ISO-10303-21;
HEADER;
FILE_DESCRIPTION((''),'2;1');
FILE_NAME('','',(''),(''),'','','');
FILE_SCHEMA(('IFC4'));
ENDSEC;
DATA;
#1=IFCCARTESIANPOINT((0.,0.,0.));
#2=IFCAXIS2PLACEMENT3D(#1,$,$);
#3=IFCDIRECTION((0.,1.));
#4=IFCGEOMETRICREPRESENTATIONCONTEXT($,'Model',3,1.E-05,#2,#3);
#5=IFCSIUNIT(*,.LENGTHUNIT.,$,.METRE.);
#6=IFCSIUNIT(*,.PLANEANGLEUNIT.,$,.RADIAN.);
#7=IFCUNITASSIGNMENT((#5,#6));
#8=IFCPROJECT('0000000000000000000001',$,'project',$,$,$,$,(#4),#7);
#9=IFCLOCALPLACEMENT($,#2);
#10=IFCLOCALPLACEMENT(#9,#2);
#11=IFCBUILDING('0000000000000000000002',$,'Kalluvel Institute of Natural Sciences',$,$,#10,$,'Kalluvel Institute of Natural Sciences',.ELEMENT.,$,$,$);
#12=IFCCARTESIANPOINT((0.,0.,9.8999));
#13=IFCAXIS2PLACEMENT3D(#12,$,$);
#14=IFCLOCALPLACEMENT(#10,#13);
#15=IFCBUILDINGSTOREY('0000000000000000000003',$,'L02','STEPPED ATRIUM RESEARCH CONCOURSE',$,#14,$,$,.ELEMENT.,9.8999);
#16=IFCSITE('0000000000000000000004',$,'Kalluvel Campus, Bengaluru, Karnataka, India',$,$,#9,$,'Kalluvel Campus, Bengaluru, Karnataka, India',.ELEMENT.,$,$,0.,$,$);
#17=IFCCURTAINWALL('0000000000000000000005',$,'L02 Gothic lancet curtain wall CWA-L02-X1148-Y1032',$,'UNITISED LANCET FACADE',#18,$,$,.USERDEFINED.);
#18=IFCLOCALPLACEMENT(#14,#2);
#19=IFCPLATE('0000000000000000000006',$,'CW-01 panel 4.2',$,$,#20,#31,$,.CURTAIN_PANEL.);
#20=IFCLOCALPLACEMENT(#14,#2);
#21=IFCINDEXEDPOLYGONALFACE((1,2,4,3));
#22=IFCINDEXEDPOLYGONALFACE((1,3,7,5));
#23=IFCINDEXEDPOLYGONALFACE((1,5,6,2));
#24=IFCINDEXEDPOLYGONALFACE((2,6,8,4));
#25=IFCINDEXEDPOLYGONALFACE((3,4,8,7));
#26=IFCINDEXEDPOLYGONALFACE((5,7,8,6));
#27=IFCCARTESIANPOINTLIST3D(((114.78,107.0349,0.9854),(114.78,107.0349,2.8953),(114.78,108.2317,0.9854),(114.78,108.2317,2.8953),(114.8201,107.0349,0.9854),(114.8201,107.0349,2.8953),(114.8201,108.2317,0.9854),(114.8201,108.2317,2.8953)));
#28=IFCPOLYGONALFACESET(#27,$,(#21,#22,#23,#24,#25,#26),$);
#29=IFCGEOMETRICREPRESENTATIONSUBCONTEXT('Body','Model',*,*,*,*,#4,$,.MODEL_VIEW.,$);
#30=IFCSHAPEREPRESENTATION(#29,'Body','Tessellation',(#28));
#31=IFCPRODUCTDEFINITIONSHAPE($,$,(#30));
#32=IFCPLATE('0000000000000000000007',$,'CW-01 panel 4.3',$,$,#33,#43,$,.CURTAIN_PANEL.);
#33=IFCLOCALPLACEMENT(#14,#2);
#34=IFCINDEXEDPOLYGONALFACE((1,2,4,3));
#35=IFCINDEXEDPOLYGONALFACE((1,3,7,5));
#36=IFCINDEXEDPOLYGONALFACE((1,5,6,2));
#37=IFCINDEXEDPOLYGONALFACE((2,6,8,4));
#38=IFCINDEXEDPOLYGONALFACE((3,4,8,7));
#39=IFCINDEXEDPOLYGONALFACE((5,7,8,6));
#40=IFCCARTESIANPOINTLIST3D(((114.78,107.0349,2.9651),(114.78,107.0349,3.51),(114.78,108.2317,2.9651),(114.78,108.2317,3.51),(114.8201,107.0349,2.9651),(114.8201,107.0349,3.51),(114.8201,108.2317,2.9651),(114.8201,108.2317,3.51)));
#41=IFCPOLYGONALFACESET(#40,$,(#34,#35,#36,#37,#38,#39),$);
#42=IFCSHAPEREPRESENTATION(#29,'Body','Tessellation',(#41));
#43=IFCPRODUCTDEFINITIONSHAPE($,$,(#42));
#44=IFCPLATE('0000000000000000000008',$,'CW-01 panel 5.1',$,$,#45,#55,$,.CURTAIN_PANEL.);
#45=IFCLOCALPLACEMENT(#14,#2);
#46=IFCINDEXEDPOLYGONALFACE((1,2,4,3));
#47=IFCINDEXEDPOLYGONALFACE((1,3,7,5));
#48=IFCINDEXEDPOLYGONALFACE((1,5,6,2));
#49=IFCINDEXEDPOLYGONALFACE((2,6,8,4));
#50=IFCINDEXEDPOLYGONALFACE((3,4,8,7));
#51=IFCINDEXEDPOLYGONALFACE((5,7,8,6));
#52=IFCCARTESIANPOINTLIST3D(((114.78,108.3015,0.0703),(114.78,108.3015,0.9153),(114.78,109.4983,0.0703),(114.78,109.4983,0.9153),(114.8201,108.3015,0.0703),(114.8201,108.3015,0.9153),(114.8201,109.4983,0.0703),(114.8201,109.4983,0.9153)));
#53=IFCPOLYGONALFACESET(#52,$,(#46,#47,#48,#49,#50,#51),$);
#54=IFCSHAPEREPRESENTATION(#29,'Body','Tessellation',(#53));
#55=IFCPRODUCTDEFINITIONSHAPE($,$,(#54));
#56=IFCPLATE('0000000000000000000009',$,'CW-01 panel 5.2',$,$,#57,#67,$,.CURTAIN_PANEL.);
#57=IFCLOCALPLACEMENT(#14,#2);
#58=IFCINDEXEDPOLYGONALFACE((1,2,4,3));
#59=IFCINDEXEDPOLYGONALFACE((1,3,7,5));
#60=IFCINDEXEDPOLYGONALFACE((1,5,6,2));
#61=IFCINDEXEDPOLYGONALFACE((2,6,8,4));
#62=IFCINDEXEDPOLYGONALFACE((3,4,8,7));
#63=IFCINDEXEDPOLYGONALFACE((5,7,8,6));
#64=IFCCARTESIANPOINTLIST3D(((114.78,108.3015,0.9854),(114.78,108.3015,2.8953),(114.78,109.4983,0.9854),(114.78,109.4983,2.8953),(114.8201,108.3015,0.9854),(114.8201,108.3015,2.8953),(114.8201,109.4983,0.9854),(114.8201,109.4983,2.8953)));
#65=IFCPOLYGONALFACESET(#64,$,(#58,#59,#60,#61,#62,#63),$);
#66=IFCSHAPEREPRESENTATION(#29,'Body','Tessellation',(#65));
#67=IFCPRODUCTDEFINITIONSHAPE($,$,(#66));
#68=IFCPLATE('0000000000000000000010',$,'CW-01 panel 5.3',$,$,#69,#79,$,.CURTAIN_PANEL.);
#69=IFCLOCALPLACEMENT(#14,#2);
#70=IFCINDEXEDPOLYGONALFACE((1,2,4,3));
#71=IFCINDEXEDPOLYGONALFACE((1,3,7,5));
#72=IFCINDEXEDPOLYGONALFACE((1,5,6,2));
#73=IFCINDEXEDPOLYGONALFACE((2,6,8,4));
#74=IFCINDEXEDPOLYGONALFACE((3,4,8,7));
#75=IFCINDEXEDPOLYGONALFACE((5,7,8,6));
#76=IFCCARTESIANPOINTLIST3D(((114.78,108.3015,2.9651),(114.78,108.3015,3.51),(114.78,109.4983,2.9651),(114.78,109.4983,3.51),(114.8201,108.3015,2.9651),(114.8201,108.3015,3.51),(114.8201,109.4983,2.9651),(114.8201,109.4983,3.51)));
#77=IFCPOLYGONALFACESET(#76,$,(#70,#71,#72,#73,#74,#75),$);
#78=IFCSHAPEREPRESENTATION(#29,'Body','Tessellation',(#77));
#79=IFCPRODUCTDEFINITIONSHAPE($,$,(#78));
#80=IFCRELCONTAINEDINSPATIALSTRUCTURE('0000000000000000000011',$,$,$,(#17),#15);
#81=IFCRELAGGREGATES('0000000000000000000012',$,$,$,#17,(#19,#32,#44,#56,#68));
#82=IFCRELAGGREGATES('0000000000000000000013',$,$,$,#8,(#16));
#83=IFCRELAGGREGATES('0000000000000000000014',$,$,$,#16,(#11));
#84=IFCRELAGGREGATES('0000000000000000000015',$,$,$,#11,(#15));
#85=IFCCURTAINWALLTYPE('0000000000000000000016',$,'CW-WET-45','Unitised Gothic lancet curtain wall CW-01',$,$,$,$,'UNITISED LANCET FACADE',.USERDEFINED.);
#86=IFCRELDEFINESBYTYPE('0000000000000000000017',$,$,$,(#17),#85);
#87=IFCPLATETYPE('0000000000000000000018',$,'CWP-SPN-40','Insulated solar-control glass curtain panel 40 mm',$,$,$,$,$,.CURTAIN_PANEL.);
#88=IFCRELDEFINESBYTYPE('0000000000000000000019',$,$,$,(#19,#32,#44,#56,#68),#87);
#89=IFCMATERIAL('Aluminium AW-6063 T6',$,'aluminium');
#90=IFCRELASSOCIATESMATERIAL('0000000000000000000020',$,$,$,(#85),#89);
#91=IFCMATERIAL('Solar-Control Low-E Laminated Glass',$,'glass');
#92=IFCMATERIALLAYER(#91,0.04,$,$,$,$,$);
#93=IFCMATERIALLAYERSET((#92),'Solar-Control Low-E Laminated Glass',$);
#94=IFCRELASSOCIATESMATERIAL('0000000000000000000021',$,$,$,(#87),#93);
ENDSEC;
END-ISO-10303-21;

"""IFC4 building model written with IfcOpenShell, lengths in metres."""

from ifc_helpers import new_model, si_unit, direction, frame, origin, origin_2d, place, context, subcontext, project, spatial, rectangle, extrude, material, layer, layer_set, type_object, element, aggregate, save


model = new_model("IFC4")

# Units and contexts
model_context = context("Model", 3, precision=1e-05, world=origin(), true_north=direction((0.0, 1.0)))
body_context = subcontext(model_context, "Body", "Model", "MODEL_VIEW")
ifc_project = project(units=[si_unit("LENGTHUNIT", "METRE"), si_unit("PLANEANGLEUNIT", "RADIAN")], contexts=[model_context])

# Site, building, storey
site_placement = place(None, origin())
site = spatial("IfcSite", under=ifc_project, at=site_placement, Name="Kalluvel Campus, Bengaluru, Karnataka, India", LongName="Kalluvel Campus, Bengaluru, Karnataka, India", CompositionType="ELEMENT", RefElevation=0.0)
building_placement = place(site_placement, origin())
building = spatial("IfcBuilding", under=site, at=building_placement, Name="Kalluvel Institute of Natural Sciences", LongName="Kalluvel Institute of Natural Sciences", CompositionType="ELEMENT")
storey_placement = place(building_placement, frame((0.0, 0.0, 9.8999)))
storey = spatial("IfcBuildingStorey", under=building, at=storey_placement, Name="L02", Description="STEPPED ATRIUM RESEARCH CONCOURSE", CompositionType="ELEMENT", Elevation=9.8999)

# Curtain wall, plates
ifc_material_1 = material(Name="Aluminium AW-6063 T6", Category="aluminium")
curtain_wall_type = type_object("IfcCurtainWallType", Name="CW-WET-45", Description="Unitised Gothic lancet curtain wall CW-01", ElementType="UNITISED LANCET FACADE", PredefinedType="USERDEFINED", material=ifc_material_1)
curtain_wall_placement = place(storey_placement, origin())
curtain_wall = element("IfcCurtainWall", 1, at=curtain_wall_placement, inside=storey, type_object=curtain_wall_type, Name="L02 Gothic lancet curtain wall CWA-L02-X1148-Y1032", ObjectType="UNITISED LANCET FACADE", PredefinedType="USERDEFINED")
ifc_material_2 = material(Name="Solar-Control Low-E Laminated Glass", Category="glass")
ifc_layer = layer(ifc_material_2, 0.04)
ifc_layer_set = layer_set([ifc_layer], Name="Solar-Control Low-E Laminated Glass")
plate_type = type_object("IfcPlateType", Name="CWP-SPN-40", Description="Insulated solar-control glass curtain panel 40 mm", PredefinedType="CURTAIN_PANEL", material=ifc_layer_set)
plate_1_placement = place(storey_placement, frame((114.8, 107.6333, 0.9854), z_axis=(0.0, 0.0, 1.0), x_axis=(0.0, 1.0, 0.0)))
plate_1 = element("IfcPlate", 2, at=plate_1_placement, type_object=plate_type, Name="CW-01 panel 4.2", PredefinedType="CURTAIN_PANEL", context=body_context, shape_type="SweptSolid", body=[
    extrude(rectangle(XDim=1.1968, YDim=0.04, at=origin_2d()), origin(), (0.0, 0.0, 1.0), 1.9099),
])
plate_2_placement = place(storey_placement, frame((114.8, 107.6333, 2.9651), z_axis=(0.0, 0.0, 1.0), x_axis=(0.0, 1.0, 0.0)))
plate_2 = element("IfcPlate", 3, at=plate_2_placement, type_object=plate_type, Name="CW-01 panel 4.3", PredefinedType="CURTAIN_PANEL", context=body_context, shape_type="SweptSolid", body=[
    extrude(rectangle(XDim=1.1968, YDim=0.04, at=origin_2d()), origin(), (0.0, 0.0, 1.0), 0.5449),
])
plate_3_placement = place(storey_placement, frame((114.8, 108.8999, 0.0703), z_axis=(0.0, 0.0, 1.0), x_axis=(0.0, 1.0, 0.0)))
plate_3 = element("IfcPlate", 4, at=plate_3_placement, type_object=plate_type, Name="CW-01 panel 5.1", PredefinedType="CURTAIN_PANEL", context=body_context, shape_type="SweptSolid", body=[
    extrude(rectangle(XDim=1.1968, YDim=0.04, at=origin_2d()), origin(), (0.0, 0.0, 1.0), 0.845),
])
plate_4_placement = place(storey_placement, frame((114.8, 108.8999, 0.9854), z_axis=(0.0, 0.0, 1.0), x_axis=(0.0, 1.0, 0.0)))
plate_4 = element("IfcPlate", 5, at=plate_4_placement, type_object=plate_type, Name="CW-01 panel 5.2", PredefinedType="CURTAIN_PANEL", context=body_context, shape_type="SweptSolid", body=[
    extrude(rectangle(XDim=1.1968, YDim=0.04, at=origin_2d()), origin(), (0.0, 0.0, 1.0), 1.9099),
])
plate_5_placement = place(storey_placement, frame((114.8, 108.8999, 2.9651), z_axis=(0.0, 0.0, 1.0), x_axis=(0.0, 1.0, 0.0)))
plate_5 = element("IfcPlate", 6, at=plate_5_placement, type_object=plate_type, Name="CW-01 panel 5.3", PredefinedType="CURTAIN_PANEL", context=body_context, shape_type="SweptSolid", body=[
    extrude(rectangle(XDim=1.1968, YDim=0.04, at=origin_2d()), origin(), (0.0, 0.0, 1.0), 0.5449),
])
aggregate(curtain_wall, [plate_1, plate_2, plate_3, plate_4, plate_5])

save(model, "model.ifc")
